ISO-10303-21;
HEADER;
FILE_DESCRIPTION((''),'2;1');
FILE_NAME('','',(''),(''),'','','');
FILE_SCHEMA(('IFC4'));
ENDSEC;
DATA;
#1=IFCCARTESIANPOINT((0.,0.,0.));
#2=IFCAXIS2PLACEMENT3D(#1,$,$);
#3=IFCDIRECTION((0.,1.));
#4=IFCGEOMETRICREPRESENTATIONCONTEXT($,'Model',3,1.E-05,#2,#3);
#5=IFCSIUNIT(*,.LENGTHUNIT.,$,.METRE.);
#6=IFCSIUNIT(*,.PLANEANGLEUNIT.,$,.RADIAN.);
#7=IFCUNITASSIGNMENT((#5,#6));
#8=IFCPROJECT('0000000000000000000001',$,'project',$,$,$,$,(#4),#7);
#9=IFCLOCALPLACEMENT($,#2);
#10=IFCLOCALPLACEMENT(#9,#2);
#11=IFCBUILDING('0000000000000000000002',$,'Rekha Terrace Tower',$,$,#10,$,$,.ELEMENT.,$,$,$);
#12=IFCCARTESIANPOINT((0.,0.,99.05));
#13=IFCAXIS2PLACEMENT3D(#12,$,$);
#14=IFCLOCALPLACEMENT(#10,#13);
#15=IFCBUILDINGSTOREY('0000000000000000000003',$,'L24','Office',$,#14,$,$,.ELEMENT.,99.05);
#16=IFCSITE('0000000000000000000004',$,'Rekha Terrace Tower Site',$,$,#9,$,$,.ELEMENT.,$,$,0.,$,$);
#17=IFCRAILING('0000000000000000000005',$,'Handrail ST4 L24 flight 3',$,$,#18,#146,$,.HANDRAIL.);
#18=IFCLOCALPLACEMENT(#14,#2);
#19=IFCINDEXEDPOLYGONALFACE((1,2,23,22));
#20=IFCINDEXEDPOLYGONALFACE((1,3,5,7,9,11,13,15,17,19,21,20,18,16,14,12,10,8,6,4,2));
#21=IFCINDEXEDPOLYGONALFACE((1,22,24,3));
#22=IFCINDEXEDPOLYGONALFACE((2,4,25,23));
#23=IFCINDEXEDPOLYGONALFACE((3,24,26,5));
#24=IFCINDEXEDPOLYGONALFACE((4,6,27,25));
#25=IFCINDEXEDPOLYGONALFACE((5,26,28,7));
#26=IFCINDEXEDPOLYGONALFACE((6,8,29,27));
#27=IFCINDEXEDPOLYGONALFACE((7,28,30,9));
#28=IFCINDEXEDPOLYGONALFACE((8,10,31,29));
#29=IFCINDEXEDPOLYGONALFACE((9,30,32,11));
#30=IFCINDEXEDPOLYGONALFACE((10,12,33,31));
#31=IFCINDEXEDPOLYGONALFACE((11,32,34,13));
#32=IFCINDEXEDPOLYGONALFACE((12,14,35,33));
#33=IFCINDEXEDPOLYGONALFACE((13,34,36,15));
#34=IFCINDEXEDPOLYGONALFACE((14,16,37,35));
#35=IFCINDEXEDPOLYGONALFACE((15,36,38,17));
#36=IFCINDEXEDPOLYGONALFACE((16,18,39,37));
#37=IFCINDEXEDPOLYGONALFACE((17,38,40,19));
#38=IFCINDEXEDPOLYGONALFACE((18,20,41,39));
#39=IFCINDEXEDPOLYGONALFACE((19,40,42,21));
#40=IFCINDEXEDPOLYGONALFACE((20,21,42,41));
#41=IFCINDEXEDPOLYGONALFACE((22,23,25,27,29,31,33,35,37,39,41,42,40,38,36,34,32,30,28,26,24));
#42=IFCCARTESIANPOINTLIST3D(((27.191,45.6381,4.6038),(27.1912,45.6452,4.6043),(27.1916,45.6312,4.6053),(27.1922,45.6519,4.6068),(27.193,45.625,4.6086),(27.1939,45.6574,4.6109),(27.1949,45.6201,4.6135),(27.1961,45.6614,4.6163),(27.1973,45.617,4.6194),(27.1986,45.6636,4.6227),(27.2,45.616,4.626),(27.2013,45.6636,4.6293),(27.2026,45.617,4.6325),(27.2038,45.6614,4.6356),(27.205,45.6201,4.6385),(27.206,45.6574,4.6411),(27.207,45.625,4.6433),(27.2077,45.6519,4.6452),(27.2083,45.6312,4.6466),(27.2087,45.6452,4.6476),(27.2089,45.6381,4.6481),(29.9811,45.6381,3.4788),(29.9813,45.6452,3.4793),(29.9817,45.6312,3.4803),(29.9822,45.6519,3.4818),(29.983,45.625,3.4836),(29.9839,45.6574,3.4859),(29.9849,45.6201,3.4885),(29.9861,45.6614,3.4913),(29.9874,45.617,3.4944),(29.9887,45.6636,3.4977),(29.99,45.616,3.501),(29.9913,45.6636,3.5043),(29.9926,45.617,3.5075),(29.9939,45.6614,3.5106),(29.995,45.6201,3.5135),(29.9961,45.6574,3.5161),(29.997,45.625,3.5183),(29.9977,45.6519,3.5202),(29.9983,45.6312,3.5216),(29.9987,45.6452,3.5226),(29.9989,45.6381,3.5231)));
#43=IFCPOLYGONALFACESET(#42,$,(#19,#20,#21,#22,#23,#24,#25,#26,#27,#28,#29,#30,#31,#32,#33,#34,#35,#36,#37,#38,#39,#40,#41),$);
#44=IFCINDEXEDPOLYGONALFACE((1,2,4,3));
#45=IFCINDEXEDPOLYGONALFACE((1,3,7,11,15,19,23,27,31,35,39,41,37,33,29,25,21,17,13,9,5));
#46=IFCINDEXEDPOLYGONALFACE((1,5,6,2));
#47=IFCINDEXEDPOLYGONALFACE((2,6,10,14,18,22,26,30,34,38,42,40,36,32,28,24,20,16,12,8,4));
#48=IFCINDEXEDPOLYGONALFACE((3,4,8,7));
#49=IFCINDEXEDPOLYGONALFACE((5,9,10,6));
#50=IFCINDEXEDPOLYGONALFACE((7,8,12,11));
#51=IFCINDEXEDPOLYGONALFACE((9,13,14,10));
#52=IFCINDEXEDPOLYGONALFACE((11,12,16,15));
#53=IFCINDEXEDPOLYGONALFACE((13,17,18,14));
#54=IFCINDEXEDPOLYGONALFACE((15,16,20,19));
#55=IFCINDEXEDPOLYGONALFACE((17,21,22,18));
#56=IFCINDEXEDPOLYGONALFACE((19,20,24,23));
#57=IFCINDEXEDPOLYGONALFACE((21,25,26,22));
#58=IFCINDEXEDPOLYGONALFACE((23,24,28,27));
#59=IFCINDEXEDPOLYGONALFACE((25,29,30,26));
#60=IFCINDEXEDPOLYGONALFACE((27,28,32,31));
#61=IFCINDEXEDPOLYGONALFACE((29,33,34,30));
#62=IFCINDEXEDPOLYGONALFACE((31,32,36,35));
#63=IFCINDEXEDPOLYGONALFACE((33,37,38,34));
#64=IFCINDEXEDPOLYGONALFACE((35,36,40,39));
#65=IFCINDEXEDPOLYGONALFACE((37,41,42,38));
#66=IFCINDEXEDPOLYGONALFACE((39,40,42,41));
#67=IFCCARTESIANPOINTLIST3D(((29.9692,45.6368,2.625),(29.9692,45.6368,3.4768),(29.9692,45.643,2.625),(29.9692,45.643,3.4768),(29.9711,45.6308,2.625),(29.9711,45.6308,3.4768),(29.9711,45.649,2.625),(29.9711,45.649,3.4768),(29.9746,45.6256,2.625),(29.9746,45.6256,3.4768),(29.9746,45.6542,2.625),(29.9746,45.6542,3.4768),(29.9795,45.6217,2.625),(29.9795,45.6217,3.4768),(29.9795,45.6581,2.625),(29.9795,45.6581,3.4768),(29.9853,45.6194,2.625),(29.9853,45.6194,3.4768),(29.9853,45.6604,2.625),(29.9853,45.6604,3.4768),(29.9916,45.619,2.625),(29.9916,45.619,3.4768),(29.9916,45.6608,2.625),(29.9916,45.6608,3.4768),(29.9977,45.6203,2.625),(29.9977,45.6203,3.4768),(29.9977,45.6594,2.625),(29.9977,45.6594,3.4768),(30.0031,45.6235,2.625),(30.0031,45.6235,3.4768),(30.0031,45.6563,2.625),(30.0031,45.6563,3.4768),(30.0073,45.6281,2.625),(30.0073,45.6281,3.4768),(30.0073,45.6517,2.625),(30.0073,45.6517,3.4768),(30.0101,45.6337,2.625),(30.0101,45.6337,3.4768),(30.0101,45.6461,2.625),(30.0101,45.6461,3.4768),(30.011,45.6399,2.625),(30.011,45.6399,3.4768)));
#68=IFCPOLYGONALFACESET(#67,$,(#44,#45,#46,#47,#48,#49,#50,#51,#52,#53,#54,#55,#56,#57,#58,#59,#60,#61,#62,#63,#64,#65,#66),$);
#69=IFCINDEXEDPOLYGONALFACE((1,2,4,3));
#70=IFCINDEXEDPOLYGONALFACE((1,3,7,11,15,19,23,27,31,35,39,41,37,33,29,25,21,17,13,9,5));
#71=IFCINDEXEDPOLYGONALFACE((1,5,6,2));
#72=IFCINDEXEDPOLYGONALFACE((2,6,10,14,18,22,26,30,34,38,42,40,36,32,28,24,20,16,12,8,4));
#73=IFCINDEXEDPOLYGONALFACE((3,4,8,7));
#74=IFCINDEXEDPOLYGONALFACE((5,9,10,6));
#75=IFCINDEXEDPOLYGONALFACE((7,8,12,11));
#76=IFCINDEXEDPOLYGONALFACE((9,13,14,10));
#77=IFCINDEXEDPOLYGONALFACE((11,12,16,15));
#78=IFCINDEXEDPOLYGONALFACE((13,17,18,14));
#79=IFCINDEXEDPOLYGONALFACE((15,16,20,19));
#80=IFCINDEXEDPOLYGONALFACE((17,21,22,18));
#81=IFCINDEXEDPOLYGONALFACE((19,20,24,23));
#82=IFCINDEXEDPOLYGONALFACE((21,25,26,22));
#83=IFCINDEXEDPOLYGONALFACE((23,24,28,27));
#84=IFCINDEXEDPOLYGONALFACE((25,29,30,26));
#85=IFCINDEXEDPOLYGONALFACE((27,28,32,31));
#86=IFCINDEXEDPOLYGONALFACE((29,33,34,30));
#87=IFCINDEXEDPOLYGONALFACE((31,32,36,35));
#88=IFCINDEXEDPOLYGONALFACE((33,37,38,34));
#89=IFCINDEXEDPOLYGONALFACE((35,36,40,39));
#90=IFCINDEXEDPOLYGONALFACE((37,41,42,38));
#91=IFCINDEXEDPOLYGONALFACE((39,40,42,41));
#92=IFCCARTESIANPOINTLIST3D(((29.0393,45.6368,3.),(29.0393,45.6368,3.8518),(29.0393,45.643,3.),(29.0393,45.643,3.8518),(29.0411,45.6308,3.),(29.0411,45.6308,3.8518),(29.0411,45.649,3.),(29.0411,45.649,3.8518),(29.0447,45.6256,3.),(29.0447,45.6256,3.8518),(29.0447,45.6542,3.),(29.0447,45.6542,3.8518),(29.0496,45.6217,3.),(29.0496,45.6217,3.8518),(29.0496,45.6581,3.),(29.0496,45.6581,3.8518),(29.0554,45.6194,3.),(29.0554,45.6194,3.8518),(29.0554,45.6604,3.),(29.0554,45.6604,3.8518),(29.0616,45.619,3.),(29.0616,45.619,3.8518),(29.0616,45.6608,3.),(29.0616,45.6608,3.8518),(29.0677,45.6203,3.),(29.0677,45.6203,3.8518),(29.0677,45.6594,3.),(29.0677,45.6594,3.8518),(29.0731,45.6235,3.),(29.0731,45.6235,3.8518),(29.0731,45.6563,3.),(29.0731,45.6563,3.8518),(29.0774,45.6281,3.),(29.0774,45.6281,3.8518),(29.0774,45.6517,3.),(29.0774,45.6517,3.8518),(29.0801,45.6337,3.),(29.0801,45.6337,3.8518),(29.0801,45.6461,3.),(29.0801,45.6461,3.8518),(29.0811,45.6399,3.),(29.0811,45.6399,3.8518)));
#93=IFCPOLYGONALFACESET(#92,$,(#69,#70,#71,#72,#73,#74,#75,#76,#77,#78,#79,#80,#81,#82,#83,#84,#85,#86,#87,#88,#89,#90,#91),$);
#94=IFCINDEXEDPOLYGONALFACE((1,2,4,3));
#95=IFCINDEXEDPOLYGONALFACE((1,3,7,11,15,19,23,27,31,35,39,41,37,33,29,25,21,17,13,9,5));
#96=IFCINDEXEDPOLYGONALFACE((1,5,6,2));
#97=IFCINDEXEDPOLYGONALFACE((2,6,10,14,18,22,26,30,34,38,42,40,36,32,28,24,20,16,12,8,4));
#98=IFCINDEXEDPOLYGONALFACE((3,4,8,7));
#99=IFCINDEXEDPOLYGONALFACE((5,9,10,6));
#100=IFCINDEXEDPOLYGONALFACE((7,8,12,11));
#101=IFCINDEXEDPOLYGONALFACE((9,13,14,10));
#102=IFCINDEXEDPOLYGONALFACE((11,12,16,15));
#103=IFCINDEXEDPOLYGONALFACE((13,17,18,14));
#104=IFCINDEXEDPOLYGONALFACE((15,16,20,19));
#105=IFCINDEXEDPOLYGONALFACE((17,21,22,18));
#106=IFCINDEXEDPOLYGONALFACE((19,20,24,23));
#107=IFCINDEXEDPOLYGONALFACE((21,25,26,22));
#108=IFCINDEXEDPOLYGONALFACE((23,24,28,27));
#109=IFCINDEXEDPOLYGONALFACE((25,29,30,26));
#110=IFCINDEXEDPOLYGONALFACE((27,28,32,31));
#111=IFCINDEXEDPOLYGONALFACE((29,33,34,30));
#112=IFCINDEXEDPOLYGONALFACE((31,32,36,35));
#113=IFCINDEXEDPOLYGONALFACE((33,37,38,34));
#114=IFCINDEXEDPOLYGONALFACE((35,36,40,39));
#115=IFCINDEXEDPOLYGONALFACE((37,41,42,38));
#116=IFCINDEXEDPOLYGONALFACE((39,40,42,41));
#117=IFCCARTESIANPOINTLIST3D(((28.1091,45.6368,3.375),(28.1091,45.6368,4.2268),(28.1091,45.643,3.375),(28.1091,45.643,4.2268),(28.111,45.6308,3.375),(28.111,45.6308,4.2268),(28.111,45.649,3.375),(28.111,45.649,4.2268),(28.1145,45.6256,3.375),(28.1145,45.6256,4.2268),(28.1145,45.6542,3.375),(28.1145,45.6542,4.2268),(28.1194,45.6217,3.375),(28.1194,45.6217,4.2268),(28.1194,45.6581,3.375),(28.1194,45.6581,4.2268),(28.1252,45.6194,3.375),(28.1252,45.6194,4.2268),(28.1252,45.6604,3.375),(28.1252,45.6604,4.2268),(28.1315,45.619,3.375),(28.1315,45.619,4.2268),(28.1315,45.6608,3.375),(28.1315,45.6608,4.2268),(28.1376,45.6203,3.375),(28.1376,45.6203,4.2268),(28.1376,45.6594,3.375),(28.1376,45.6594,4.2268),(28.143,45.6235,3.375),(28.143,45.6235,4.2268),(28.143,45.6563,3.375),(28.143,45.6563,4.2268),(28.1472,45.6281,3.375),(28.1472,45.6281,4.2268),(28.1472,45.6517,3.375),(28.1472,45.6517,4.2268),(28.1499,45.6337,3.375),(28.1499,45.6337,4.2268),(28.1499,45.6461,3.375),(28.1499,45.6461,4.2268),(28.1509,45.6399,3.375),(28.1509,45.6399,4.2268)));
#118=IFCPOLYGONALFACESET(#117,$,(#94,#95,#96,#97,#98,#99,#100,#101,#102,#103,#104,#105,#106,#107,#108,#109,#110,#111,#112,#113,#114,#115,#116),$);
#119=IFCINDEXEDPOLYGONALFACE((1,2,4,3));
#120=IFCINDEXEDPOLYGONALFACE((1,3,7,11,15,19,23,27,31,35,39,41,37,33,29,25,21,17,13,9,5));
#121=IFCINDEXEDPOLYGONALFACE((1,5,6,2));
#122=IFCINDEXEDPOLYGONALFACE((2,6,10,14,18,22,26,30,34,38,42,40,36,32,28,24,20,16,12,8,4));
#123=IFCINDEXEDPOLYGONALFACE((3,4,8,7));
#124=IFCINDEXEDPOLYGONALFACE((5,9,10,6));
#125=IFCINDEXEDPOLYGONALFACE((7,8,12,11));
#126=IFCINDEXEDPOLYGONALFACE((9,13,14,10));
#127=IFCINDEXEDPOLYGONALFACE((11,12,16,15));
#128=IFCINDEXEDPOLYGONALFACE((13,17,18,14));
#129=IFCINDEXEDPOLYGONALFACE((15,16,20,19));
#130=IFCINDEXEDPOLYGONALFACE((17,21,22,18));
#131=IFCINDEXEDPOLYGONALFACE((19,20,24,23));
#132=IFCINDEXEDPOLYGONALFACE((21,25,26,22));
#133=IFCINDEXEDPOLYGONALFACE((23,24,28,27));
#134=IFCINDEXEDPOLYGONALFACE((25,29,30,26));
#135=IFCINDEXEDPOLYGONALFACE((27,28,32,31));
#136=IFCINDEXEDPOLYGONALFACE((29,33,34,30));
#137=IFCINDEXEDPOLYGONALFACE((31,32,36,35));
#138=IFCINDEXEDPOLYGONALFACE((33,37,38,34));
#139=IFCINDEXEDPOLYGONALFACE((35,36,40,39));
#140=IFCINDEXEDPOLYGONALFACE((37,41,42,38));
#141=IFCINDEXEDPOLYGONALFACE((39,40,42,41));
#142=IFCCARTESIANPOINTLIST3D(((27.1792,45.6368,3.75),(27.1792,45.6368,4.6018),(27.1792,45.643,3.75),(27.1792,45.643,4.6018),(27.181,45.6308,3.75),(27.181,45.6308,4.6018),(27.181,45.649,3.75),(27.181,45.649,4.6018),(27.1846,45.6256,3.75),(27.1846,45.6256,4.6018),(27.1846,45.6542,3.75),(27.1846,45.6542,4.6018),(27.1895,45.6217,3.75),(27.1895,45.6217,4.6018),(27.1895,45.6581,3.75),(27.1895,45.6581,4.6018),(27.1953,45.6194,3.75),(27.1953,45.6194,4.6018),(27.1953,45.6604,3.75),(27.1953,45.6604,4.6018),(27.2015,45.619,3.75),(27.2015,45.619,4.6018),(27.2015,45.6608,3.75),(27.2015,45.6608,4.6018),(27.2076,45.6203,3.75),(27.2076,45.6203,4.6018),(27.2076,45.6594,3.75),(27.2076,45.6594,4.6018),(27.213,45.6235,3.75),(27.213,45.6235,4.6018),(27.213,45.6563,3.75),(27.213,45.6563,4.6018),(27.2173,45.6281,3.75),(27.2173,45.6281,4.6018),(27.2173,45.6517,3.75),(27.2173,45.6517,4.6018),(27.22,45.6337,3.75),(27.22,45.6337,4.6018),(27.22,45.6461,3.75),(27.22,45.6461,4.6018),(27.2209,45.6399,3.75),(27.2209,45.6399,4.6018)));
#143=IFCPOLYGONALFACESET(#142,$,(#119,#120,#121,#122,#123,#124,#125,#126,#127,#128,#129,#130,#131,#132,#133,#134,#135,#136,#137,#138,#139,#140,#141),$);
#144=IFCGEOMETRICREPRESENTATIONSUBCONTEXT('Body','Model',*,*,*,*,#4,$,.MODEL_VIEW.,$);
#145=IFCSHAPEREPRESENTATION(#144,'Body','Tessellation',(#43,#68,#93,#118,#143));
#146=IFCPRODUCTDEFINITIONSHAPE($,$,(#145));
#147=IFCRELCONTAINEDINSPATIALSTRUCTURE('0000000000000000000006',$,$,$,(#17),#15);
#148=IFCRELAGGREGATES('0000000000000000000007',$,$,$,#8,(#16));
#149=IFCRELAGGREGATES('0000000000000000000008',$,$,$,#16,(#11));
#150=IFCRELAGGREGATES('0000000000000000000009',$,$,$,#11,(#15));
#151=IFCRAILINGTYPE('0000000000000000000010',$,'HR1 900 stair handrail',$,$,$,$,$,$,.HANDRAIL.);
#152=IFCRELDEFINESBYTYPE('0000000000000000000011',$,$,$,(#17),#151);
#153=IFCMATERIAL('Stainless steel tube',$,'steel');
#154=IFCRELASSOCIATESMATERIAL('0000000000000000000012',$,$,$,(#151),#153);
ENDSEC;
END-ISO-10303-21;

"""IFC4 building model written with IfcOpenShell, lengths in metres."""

from ifc_helpers import new_model, si_unit, direction, frame, origin, origin_2d, place, context, subcontext, project, spatial, circle, extrude, material, type_object, element, save


model = new_model("IFC4")

# Units and contexts
model_context = context("Model", 3, precision=1e-05, world=origin(), true_north=direction((0.0, 1.0)))
body_context = subcontext(model_context, "Body", "Model", "MODEL_VIEW")
ifc_project = project(units=[si_unit("LENGTHUNIT", "METRE"), si_unit("PLANEANGLEUNIT", "RADIAN")], contexts=[model_context])

# Site, building, storey
site_placement = place(None, origin())
site = spatial("IfcSite", under=ifc_project, at=site_placement, Name="Rekha Terrace Tower Site", CompositionType="ELEMENT", RefElevation=0.0)
building_placement = place(site_placement, origin())
building = spatial("IfcBuilding", under=site, at=building_placement, Name="Rekha Terrace Tower", CompositionType="ELEMENT")
storey_placement = place(building_placement, frame((0.0, 0.0, 99.05)))
storey = spatial("IfcBuildingStorey", under=building, at=storey_placement, Name="L24", Description="Office", CompositionType="ELEMENT", Elevation=99.05)

# Railing
ifc_material_1 = material(Name="Stainless steel tube", Category="steel")
railing_type_1 = type_object("IfcRailingType", Name="HR1 900 stair handrail", PredefinedType="HANDRAIL", material=ifc_material_1)
railing_1_placement = place(storey_placement, frame((29.99, 45.6399, 2.625)))
element("IfcRailing", 1, at=railing_1_placement, inside=storey, type_object=railing_type_1, Name="Handrail ST4 L24 flight 3", PredefinedType="HANDRAIL", context=body_context, shape_type="SweptSolid", body=[
    extrude(circle(Radius=0.0239, at=origin_2d()), frame((0.0, 0.0, 0.876), z_axis=(-0.927443, 0.0, 0.373964), x_axis=(0.0, -1.0, 0.0)), (0.0, 0.0, 1.0), 3.0083),
    extrude(circle(Radius=0.021, at=origin_2d()), origin(), (0.0, 0.0, 1.0), 0.8518),
    extrude(circle(Radius=0.021, at=origin_2d()), frame((-0.9299, 0.0, 0.375)), (0.0, 0.0, 1.0), 0.8518),
    extrude(circle(Radius=0.021, at=origin_2d()), frame((-1.8601, 0.0, 0.75)), (0.0, 0.0, 1.0), 0.8518),
    extrude(circle(Radius=0.021, at=origin_2d()), frame((-2.79, 0.0, 1.125)), (0.0, 0.0, 1.0), 0.8518),
])

save(model, "model.ifc")
